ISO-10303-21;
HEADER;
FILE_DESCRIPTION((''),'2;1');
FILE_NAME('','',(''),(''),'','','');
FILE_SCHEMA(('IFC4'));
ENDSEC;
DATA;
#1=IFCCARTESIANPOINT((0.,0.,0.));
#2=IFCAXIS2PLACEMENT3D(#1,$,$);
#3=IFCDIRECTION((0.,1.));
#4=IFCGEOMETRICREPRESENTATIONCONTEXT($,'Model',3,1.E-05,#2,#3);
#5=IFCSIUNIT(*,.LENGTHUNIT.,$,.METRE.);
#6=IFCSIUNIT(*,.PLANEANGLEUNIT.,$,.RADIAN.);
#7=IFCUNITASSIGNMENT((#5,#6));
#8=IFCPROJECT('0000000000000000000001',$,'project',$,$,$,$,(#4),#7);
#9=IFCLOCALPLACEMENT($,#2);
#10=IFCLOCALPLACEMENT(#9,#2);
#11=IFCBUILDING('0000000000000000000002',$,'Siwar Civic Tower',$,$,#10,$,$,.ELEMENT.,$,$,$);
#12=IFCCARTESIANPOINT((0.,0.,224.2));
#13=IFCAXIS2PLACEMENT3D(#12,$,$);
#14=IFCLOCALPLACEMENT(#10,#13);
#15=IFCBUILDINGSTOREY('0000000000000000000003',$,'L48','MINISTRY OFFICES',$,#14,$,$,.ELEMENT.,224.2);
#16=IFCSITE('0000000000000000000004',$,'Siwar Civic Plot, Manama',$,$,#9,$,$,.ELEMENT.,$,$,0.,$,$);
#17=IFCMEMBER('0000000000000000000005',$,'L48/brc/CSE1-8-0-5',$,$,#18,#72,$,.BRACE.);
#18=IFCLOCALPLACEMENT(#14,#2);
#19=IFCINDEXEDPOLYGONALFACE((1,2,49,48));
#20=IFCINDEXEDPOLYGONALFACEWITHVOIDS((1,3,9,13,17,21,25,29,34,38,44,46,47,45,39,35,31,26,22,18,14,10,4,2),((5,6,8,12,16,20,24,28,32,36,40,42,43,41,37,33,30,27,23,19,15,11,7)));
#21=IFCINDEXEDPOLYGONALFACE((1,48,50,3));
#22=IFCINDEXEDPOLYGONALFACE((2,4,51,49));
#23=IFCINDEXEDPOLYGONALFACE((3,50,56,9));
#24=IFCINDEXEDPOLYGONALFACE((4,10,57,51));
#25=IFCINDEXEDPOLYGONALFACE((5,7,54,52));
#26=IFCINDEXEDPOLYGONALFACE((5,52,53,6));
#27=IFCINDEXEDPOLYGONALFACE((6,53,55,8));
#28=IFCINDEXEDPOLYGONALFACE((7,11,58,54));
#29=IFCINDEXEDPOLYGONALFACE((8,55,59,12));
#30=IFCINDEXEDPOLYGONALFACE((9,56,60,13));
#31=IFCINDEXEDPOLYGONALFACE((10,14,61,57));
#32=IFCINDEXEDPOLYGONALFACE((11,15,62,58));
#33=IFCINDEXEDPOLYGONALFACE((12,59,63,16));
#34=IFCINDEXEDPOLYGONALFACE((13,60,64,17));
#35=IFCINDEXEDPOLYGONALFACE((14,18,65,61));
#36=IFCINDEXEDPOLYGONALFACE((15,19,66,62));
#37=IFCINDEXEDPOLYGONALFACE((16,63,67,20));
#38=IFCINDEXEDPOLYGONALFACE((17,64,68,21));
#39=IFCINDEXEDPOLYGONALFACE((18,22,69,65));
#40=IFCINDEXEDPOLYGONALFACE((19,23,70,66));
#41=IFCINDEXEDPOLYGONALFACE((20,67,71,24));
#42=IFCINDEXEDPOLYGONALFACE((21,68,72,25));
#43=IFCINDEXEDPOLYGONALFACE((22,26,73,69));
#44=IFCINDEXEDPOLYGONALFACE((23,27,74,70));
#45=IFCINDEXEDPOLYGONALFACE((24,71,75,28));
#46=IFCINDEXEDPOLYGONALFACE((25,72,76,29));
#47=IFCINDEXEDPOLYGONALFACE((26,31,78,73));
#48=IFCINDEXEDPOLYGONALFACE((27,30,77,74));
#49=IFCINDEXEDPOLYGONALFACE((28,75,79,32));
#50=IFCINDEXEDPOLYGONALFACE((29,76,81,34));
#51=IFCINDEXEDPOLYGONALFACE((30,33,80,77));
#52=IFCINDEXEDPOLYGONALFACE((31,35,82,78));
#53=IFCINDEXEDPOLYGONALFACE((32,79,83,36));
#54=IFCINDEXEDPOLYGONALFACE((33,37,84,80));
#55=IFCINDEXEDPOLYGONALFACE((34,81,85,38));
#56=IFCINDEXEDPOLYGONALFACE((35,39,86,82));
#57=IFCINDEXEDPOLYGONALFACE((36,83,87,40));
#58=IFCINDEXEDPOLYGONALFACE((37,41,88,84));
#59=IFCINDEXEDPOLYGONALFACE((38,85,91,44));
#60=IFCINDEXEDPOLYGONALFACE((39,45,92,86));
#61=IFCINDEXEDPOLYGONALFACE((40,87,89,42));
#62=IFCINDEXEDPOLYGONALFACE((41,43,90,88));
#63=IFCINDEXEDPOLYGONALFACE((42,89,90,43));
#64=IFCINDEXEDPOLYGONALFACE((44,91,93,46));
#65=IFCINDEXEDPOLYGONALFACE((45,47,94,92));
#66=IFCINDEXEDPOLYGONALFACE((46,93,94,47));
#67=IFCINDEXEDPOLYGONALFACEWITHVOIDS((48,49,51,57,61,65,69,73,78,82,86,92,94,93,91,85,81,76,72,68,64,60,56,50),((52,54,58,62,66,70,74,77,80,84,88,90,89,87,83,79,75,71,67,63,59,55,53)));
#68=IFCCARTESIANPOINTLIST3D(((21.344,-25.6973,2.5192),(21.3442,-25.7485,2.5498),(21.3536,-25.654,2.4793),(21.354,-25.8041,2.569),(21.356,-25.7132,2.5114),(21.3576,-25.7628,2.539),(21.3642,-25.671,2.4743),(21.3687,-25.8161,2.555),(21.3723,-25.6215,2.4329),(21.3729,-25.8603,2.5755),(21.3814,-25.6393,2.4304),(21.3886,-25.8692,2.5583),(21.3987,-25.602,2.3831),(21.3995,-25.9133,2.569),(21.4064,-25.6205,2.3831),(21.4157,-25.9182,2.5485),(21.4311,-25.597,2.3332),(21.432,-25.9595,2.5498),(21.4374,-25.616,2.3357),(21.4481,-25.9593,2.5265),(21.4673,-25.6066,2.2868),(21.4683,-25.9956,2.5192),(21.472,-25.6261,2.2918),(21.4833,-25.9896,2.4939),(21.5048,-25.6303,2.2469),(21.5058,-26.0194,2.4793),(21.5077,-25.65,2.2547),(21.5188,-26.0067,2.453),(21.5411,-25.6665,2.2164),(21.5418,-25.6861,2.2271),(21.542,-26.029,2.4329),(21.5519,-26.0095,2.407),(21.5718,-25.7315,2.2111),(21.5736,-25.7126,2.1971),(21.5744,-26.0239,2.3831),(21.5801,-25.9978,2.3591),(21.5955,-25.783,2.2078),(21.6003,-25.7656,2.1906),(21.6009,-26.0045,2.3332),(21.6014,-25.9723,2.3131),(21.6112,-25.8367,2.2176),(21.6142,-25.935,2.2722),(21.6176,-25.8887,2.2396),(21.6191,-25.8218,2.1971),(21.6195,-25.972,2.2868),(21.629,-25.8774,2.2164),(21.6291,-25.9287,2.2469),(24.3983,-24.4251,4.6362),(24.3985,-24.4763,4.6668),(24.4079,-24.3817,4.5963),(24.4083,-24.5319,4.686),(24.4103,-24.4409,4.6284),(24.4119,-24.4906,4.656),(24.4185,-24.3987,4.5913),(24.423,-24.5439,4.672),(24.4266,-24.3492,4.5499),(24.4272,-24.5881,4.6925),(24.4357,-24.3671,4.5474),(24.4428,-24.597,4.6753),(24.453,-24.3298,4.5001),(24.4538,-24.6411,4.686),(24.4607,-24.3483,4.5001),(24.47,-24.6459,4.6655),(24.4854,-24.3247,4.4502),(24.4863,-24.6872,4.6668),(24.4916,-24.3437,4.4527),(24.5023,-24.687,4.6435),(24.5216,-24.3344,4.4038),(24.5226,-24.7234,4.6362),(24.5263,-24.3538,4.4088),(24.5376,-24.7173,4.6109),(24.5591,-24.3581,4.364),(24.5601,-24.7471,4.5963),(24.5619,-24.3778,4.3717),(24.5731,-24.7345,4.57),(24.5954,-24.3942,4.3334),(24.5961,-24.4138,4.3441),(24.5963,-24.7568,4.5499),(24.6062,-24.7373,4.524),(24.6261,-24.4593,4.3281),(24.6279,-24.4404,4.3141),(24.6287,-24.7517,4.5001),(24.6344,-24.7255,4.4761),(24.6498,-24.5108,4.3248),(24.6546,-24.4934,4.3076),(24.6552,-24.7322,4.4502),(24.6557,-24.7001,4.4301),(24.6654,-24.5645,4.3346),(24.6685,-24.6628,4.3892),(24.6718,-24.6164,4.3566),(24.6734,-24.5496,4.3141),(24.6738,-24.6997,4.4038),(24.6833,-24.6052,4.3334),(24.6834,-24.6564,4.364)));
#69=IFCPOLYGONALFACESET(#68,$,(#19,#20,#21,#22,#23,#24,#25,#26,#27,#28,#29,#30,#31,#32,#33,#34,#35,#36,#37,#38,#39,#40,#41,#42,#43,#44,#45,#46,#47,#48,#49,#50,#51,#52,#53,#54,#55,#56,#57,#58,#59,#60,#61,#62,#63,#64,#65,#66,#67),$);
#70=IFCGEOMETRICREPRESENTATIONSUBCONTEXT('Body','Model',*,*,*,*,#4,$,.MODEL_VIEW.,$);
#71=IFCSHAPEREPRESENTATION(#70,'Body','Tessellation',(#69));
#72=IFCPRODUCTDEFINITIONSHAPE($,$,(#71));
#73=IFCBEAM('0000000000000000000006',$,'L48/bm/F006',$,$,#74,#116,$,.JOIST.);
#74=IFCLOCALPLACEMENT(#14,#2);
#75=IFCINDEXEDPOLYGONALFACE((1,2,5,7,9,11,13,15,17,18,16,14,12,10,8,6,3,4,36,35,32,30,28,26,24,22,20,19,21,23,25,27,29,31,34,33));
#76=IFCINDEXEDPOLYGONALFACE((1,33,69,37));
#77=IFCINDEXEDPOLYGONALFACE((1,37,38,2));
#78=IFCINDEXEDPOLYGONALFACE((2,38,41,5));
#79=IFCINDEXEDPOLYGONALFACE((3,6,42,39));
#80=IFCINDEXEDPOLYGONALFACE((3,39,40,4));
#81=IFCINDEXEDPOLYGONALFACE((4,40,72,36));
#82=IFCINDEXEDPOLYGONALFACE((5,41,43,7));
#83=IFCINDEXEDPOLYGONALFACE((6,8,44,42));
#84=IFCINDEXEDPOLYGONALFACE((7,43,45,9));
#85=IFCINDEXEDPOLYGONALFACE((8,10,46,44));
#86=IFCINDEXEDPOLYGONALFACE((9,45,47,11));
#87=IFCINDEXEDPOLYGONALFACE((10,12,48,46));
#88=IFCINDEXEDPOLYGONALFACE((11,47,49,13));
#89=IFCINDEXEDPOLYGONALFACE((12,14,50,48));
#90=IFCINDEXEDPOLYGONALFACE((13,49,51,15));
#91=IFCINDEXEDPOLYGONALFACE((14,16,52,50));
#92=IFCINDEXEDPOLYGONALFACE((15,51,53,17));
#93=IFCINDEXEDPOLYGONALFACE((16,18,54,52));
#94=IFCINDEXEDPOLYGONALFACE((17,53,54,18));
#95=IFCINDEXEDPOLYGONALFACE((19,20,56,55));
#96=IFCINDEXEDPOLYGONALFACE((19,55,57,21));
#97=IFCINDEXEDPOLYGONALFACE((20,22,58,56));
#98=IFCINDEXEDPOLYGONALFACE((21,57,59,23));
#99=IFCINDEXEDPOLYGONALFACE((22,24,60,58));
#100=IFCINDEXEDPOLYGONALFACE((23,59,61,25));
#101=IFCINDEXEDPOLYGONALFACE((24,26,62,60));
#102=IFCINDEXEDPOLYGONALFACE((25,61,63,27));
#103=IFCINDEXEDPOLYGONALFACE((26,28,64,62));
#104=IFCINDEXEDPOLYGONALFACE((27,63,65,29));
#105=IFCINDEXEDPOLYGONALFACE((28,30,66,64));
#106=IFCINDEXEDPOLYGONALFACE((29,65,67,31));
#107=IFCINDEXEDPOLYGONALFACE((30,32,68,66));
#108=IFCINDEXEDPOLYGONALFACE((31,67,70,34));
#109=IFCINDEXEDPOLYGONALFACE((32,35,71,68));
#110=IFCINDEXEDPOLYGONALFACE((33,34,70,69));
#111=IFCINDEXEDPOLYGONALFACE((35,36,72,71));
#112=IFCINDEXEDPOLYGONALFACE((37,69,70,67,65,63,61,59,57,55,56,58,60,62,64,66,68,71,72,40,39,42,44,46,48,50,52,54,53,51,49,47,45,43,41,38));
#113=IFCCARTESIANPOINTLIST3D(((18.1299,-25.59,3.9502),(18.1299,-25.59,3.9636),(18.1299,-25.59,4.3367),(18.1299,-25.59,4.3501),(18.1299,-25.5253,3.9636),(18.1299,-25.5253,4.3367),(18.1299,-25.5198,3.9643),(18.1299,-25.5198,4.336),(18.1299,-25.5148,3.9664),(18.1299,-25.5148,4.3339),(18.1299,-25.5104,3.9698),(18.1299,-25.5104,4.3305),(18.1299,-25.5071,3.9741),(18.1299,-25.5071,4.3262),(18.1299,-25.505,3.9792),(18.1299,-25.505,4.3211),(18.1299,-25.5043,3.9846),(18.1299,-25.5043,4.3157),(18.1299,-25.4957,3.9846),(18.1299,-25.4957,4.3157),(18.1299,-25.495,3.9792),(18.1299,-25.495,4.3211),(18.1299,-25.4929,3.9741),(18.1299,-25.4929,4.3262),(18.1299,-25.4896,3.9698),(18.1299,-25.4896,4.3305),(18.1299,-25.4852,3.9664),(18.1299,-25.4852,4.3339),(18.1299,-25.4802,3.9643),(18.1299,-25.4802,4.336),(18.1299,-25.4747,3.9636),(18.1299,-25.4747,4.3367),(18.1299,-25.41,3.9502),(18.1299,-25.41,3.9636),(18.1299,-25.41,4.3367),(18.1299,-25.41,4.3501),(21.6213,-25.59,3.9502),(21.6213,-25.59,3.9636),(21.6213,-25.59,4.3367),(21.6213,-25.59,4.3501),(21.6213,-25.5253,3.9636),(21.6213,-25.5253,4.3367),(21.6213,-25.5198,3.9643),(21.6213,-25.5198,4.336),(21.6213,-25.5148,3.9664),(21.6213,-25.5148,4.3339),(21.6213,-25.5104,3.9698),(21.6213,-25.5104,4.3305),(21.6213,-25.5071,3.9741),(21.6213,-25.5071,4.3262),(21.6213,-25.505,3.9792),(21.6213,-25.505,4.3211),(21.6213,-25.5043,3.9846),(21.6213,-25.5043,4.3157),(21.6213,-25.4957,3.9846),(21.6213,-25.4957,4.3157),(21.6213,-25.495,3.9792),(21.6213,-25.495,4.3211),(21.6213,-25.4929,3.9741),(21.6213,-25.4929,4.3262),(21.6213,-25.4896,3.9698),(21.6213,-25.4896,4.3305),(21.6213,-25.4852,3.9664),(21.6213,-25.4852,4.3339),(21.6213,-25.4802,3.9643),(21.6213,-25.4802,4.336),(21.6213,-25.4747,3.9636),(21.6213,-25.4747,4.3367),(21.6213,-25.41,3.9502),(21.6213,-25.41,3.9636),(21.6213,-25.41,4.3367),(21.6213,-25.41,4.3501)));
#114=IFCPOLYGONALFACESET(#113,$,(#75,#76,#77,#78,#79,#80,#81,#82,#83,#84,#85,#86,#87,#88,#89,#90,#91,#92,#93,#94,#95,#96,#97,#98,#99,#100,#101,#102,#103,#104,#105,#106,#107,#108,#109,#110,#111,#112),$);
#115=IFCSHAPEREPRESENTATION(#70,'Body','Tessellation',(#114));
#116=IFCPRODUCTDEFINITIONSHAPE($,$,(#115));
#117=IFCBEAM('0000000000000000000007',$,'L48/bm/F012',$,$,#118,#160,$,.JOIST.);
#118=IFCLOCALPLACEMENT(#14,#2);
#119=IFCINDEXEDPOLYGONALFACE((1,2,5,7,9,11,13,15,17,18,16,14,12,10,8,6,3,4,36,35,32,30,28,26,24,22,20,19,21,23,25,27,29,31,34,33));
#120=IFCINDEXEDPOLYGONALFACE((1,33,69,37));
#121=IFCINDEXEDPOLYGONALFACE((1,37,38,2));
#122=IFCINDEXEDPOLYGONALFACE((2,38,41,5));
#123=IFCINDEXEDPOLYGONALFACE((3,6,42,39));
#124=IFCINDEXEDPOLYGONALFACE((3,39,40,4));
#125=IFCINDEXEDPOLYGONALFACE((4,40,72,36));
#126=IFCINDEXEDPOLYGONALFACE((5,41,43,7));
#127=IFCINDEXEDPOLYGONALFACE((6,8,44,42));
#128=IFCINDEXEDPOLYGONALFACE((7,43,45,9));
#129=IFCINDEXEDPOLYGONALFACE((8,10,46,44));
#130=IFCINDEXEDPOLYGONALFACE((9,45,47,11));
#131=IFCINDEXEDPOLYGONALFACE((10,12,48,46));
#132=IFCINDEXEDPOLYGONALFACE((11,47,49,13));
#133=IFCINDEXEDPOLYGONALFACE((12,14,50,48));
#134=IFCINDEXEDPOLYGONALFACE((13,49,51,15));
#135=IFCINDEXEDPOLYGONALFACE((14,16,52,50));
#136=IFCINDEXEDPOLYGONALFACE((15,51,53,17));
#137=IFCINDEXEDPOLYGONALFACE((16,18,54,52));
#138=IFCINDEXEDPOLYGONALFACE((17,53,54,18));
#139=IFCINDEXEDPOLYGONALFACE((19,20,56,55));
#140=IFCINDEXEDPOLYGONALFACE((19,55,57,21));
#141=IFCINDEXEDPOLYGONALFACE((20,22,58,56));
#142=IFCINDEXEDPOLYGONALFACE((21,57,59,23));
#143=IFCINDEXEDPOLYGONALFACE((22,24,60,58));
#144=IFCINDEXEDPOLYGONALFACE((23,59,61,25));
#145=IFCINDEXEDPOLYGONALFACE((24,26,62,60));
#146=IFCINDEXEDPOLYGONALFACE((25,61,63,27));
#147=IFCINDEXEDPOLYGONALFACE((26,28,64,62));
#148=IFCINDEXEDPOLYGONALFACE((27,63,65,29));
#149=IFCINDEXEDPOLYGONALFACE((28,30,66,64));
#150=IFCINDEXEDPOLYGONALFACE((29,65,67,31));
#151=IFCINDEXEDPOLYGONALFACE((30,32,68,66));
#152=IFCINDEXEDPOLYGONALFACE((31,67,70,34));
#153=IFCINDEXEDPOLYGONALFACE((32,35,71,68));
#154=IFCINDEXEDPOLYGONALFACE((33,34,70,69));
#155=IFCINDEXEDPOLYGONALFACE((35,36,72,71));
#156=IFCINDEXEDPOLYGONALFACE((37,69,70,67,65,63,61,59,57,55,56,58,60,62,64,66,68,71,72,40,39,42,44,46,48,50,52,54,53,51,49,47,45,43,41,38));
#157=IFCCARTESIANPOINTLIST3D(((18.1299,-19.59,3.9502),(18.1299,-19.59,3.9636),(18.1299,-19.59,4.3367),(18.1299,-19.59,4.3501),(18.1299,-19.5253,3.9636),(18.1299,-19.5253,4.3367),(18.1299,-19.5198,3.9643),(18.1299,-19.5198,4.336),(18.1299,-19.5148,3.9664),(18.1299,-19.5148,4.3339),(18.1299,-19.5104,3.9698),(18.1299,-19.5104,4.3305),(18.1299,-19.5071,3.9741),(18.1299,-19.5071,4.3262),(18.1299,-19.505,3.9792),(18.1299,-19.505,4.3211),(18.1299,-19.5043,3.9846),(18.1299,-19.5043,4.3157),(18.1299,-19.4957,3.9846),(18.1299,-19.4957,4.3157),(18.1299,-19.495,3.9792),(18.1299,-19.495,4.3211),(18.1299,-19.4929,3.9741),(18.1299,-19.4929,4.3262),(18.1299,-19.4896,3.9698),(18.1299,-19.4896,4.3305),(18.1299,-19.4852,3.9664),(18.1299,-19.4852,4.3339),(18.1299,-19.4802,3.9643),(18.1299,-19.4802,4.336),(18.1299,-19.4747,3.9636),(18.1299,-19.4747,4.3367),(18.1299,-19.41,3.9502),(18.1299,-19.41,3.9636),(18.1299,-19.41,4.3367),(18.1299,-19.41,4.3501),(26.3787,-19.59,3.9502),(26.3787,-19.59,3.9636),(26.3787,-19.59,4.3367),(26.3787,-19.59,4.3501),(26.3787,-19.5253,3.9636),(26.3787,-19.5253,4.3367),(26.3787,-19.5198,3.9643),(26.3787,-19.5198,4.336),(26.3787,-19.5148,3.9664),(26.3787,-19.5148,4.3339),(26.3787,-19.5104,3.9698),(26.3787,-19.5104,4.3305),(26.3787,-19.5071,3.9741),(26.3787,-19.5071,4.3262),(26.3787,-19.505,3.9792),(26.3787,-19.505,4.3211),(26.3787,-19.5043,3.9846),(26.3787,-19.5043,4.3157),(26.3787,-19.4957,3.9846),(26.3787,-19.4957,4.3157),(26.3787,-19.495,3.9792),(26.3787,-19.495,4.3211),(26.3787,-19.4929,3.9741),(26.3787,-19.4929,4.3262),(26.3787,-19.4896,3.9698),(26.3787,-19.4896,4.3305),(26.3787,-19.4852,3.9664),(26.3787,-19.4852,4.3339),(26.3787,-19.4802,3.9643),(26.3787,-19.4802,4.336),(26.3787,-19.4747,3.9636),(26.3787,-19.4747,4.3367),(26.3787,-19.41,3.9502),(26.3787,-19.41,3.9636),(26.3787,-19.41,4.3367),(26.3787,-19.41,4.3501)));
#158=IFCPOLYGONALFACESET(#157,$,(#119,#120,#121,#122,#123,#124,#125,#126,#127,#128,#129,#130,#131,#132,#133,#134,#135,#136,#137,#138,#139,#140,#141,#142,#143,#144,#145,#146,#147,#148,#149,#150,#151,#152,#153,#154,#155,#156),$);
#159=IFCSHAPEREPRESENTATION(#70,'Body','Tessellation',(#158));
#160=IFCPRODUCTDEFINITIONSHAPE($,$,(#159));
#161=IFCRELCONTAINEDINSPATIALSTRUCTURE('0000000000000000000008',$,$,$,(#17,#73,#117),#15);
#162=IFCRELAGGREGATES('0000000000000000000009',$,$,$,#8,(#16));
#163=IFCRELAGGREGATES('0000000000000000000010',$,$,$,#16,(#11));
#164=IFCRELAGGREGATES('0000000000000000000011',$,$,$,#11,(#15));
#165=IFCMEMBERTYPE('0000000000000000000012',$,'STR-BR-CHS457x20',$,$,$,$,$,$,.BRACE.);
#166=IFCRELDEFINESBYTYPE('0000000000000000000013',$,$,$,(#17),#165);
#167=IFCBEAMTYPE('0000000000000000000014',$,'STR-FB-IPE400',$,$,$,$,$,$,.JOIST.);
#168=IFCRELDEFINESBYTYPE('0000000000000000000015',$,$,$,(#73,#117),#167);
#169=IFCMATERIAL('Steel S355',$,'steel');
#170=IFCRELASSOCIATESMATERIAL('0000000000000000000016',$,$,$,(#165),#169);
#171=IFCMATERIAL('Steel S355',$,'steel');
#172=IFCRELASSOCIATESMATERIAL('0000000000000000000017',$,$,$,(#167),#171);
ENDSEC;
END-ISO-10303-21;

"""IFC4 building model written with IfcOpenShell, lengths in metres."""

from ifc_helpers import new_model, si_unit, direction, frame, origin, origin_2d, place, context, subcontext, project, spatial, hollow_circle, i_section, extrude, material, material_profile, profile_set, type_object, element, save


model = new_model("IFC4")

# Units and contexts
model_context = context("Model", 3, precision=1e-05, world=origin(), true_north=direction((0.0, 1.0)))
body_context = subcontext(model_context, "Body", "Model", "MODEL_VIEW")
ifc_project = project(units=[si_unit("LENGTHUNIT", "METRE"), si_unit("PLANEANGLEUNIT", "RADIAN")], contexts=[model_context])

# Site, building, storey
site_placement = place(None, origin())
site = spatial("IfcSite", under=ifc_project, at=site_placement, Name="Siwar Civic Plot, Manama", CompositionType="ELEMENT", RefElevation=0.0)
building_placement = place(site_placement, origin())
building = spatial("IfcBuilding", under=site, at=building_placement, Name="Siwar Civic Tower", CompositionType="ELEMENT")
storey_placement = place(building_placement, frame((0.0, 0.0, 224.2)))
storey = spatial("IfcBuildingStorey", under=building, at=storey_placement, Name="L48", Description="MINISTRY OFFICES", CompositionType="ELEMENT", Elevation=224.2)

# Member
ifc_material_1 = material(Name="Steel S355", Category="steel")
ifc_material_profile_1 = material_profile(ifc_material_1, hollow_circle(Radius=0.2285, WallThickness=0.02, at=origin_2d()), Name="CHS457x20")
ifc_profile_set_1 = profile_set([ifc_material_profile_1], Name="Steel S355")
member_type_1 = type_object("IfcMemberType", Name="STR-BR-CHS457x20", PredefinedType="BRACE", material=ifc_profile_set_1)
for number, where, z_axis, x_axis, name in (
    (1, (21.4866, -25.813, 2.3831), (0.777572, 0.323895, 0.538955), (-0.384521, 0.923116, 0.0), "L48/brc/CSE1-8-0-5"),
):
    element("IfcMember", number, at=place(storey_placement, frame(where, z_axis=z_axis, x_axis=x_axis)), inside=storey, type_object=member_type_1, Name=name, PredefinedType="BRACE", context=body_context, shape_type="SweptSolid", body=[
        extrude(hollow_circle(Radius=0.2285, WallThickness=0.02, at=origin_2d()), origin(), (0.0, 0.0, 1.0), 3.928),
    ])

# Beams
ifc_material_2 = material(Name="Steel S355", Category="steel")
ifc_material_profile_2 = material_profile(ifc_material_2, i_section(OverallWidth=0.1799, OverallDepth=0.3999, WebThickness=0.0085, FlangeThickness=0.0134, FilletRadius=0.021, at=origin_2d()), Name="IPE400")
ifc_profile_set_2 = profile_set([ifc_material_profile_2], Name="Steel S355")
beam_type_1 = type_object("IfcBeamType", Name="STR-FB-IPE400", PredefinedType="JOIST", material=ifc_profile_set_2)
beam_1_placement = place(storey_placement, frame((18.1299, -25.5, 4.1501), z_axis=(1.0, 0.0, 0.0), x_axis=(0.0, 1.0, 0.0)))
element("IfcBeam", 2, at=beam_1_placement, inside=storey, type_object=beam_type_1, Name="L48/bm/F006", PredefinedType="JOIST", context=body_context, shape_type="SweptSolid", body=[
    extrude(i_section(OverallWidth=0.1799, OverallDepth=0.3999, WebThickness=0.0085, FlangeThickness=0.0134, FilletRadius=0.021, at=origin_2d()), origin(), (0.0, 0.0, 1.0), 3.4915),
])
beam_2_placement = place(storey_placement, frame((18.1299, -19.5, 4.1501), z_axis=(1.0, 0.0, 0.0), x_axis=(0.0, 1.0, 0.0)))
element("IfcBeam", 3, at=beam_2_placement, inside=storey, type_object=beam_type_1, Name="L48/bm/F012", PredefinedType="JOIST", context=body_context, shape_type="SweptSolid", body=[
    extrude(i_section(OverallWidth=0.1799, OverallDepth=0.3999, WebThickness=0.0085, FlangeThickness=0.0134, FilletRadius=0.021, at=origin_2d()), origin(), (0.0, 0.0, 1.0), 8.2488),
])

save(model, "model.ifc")
